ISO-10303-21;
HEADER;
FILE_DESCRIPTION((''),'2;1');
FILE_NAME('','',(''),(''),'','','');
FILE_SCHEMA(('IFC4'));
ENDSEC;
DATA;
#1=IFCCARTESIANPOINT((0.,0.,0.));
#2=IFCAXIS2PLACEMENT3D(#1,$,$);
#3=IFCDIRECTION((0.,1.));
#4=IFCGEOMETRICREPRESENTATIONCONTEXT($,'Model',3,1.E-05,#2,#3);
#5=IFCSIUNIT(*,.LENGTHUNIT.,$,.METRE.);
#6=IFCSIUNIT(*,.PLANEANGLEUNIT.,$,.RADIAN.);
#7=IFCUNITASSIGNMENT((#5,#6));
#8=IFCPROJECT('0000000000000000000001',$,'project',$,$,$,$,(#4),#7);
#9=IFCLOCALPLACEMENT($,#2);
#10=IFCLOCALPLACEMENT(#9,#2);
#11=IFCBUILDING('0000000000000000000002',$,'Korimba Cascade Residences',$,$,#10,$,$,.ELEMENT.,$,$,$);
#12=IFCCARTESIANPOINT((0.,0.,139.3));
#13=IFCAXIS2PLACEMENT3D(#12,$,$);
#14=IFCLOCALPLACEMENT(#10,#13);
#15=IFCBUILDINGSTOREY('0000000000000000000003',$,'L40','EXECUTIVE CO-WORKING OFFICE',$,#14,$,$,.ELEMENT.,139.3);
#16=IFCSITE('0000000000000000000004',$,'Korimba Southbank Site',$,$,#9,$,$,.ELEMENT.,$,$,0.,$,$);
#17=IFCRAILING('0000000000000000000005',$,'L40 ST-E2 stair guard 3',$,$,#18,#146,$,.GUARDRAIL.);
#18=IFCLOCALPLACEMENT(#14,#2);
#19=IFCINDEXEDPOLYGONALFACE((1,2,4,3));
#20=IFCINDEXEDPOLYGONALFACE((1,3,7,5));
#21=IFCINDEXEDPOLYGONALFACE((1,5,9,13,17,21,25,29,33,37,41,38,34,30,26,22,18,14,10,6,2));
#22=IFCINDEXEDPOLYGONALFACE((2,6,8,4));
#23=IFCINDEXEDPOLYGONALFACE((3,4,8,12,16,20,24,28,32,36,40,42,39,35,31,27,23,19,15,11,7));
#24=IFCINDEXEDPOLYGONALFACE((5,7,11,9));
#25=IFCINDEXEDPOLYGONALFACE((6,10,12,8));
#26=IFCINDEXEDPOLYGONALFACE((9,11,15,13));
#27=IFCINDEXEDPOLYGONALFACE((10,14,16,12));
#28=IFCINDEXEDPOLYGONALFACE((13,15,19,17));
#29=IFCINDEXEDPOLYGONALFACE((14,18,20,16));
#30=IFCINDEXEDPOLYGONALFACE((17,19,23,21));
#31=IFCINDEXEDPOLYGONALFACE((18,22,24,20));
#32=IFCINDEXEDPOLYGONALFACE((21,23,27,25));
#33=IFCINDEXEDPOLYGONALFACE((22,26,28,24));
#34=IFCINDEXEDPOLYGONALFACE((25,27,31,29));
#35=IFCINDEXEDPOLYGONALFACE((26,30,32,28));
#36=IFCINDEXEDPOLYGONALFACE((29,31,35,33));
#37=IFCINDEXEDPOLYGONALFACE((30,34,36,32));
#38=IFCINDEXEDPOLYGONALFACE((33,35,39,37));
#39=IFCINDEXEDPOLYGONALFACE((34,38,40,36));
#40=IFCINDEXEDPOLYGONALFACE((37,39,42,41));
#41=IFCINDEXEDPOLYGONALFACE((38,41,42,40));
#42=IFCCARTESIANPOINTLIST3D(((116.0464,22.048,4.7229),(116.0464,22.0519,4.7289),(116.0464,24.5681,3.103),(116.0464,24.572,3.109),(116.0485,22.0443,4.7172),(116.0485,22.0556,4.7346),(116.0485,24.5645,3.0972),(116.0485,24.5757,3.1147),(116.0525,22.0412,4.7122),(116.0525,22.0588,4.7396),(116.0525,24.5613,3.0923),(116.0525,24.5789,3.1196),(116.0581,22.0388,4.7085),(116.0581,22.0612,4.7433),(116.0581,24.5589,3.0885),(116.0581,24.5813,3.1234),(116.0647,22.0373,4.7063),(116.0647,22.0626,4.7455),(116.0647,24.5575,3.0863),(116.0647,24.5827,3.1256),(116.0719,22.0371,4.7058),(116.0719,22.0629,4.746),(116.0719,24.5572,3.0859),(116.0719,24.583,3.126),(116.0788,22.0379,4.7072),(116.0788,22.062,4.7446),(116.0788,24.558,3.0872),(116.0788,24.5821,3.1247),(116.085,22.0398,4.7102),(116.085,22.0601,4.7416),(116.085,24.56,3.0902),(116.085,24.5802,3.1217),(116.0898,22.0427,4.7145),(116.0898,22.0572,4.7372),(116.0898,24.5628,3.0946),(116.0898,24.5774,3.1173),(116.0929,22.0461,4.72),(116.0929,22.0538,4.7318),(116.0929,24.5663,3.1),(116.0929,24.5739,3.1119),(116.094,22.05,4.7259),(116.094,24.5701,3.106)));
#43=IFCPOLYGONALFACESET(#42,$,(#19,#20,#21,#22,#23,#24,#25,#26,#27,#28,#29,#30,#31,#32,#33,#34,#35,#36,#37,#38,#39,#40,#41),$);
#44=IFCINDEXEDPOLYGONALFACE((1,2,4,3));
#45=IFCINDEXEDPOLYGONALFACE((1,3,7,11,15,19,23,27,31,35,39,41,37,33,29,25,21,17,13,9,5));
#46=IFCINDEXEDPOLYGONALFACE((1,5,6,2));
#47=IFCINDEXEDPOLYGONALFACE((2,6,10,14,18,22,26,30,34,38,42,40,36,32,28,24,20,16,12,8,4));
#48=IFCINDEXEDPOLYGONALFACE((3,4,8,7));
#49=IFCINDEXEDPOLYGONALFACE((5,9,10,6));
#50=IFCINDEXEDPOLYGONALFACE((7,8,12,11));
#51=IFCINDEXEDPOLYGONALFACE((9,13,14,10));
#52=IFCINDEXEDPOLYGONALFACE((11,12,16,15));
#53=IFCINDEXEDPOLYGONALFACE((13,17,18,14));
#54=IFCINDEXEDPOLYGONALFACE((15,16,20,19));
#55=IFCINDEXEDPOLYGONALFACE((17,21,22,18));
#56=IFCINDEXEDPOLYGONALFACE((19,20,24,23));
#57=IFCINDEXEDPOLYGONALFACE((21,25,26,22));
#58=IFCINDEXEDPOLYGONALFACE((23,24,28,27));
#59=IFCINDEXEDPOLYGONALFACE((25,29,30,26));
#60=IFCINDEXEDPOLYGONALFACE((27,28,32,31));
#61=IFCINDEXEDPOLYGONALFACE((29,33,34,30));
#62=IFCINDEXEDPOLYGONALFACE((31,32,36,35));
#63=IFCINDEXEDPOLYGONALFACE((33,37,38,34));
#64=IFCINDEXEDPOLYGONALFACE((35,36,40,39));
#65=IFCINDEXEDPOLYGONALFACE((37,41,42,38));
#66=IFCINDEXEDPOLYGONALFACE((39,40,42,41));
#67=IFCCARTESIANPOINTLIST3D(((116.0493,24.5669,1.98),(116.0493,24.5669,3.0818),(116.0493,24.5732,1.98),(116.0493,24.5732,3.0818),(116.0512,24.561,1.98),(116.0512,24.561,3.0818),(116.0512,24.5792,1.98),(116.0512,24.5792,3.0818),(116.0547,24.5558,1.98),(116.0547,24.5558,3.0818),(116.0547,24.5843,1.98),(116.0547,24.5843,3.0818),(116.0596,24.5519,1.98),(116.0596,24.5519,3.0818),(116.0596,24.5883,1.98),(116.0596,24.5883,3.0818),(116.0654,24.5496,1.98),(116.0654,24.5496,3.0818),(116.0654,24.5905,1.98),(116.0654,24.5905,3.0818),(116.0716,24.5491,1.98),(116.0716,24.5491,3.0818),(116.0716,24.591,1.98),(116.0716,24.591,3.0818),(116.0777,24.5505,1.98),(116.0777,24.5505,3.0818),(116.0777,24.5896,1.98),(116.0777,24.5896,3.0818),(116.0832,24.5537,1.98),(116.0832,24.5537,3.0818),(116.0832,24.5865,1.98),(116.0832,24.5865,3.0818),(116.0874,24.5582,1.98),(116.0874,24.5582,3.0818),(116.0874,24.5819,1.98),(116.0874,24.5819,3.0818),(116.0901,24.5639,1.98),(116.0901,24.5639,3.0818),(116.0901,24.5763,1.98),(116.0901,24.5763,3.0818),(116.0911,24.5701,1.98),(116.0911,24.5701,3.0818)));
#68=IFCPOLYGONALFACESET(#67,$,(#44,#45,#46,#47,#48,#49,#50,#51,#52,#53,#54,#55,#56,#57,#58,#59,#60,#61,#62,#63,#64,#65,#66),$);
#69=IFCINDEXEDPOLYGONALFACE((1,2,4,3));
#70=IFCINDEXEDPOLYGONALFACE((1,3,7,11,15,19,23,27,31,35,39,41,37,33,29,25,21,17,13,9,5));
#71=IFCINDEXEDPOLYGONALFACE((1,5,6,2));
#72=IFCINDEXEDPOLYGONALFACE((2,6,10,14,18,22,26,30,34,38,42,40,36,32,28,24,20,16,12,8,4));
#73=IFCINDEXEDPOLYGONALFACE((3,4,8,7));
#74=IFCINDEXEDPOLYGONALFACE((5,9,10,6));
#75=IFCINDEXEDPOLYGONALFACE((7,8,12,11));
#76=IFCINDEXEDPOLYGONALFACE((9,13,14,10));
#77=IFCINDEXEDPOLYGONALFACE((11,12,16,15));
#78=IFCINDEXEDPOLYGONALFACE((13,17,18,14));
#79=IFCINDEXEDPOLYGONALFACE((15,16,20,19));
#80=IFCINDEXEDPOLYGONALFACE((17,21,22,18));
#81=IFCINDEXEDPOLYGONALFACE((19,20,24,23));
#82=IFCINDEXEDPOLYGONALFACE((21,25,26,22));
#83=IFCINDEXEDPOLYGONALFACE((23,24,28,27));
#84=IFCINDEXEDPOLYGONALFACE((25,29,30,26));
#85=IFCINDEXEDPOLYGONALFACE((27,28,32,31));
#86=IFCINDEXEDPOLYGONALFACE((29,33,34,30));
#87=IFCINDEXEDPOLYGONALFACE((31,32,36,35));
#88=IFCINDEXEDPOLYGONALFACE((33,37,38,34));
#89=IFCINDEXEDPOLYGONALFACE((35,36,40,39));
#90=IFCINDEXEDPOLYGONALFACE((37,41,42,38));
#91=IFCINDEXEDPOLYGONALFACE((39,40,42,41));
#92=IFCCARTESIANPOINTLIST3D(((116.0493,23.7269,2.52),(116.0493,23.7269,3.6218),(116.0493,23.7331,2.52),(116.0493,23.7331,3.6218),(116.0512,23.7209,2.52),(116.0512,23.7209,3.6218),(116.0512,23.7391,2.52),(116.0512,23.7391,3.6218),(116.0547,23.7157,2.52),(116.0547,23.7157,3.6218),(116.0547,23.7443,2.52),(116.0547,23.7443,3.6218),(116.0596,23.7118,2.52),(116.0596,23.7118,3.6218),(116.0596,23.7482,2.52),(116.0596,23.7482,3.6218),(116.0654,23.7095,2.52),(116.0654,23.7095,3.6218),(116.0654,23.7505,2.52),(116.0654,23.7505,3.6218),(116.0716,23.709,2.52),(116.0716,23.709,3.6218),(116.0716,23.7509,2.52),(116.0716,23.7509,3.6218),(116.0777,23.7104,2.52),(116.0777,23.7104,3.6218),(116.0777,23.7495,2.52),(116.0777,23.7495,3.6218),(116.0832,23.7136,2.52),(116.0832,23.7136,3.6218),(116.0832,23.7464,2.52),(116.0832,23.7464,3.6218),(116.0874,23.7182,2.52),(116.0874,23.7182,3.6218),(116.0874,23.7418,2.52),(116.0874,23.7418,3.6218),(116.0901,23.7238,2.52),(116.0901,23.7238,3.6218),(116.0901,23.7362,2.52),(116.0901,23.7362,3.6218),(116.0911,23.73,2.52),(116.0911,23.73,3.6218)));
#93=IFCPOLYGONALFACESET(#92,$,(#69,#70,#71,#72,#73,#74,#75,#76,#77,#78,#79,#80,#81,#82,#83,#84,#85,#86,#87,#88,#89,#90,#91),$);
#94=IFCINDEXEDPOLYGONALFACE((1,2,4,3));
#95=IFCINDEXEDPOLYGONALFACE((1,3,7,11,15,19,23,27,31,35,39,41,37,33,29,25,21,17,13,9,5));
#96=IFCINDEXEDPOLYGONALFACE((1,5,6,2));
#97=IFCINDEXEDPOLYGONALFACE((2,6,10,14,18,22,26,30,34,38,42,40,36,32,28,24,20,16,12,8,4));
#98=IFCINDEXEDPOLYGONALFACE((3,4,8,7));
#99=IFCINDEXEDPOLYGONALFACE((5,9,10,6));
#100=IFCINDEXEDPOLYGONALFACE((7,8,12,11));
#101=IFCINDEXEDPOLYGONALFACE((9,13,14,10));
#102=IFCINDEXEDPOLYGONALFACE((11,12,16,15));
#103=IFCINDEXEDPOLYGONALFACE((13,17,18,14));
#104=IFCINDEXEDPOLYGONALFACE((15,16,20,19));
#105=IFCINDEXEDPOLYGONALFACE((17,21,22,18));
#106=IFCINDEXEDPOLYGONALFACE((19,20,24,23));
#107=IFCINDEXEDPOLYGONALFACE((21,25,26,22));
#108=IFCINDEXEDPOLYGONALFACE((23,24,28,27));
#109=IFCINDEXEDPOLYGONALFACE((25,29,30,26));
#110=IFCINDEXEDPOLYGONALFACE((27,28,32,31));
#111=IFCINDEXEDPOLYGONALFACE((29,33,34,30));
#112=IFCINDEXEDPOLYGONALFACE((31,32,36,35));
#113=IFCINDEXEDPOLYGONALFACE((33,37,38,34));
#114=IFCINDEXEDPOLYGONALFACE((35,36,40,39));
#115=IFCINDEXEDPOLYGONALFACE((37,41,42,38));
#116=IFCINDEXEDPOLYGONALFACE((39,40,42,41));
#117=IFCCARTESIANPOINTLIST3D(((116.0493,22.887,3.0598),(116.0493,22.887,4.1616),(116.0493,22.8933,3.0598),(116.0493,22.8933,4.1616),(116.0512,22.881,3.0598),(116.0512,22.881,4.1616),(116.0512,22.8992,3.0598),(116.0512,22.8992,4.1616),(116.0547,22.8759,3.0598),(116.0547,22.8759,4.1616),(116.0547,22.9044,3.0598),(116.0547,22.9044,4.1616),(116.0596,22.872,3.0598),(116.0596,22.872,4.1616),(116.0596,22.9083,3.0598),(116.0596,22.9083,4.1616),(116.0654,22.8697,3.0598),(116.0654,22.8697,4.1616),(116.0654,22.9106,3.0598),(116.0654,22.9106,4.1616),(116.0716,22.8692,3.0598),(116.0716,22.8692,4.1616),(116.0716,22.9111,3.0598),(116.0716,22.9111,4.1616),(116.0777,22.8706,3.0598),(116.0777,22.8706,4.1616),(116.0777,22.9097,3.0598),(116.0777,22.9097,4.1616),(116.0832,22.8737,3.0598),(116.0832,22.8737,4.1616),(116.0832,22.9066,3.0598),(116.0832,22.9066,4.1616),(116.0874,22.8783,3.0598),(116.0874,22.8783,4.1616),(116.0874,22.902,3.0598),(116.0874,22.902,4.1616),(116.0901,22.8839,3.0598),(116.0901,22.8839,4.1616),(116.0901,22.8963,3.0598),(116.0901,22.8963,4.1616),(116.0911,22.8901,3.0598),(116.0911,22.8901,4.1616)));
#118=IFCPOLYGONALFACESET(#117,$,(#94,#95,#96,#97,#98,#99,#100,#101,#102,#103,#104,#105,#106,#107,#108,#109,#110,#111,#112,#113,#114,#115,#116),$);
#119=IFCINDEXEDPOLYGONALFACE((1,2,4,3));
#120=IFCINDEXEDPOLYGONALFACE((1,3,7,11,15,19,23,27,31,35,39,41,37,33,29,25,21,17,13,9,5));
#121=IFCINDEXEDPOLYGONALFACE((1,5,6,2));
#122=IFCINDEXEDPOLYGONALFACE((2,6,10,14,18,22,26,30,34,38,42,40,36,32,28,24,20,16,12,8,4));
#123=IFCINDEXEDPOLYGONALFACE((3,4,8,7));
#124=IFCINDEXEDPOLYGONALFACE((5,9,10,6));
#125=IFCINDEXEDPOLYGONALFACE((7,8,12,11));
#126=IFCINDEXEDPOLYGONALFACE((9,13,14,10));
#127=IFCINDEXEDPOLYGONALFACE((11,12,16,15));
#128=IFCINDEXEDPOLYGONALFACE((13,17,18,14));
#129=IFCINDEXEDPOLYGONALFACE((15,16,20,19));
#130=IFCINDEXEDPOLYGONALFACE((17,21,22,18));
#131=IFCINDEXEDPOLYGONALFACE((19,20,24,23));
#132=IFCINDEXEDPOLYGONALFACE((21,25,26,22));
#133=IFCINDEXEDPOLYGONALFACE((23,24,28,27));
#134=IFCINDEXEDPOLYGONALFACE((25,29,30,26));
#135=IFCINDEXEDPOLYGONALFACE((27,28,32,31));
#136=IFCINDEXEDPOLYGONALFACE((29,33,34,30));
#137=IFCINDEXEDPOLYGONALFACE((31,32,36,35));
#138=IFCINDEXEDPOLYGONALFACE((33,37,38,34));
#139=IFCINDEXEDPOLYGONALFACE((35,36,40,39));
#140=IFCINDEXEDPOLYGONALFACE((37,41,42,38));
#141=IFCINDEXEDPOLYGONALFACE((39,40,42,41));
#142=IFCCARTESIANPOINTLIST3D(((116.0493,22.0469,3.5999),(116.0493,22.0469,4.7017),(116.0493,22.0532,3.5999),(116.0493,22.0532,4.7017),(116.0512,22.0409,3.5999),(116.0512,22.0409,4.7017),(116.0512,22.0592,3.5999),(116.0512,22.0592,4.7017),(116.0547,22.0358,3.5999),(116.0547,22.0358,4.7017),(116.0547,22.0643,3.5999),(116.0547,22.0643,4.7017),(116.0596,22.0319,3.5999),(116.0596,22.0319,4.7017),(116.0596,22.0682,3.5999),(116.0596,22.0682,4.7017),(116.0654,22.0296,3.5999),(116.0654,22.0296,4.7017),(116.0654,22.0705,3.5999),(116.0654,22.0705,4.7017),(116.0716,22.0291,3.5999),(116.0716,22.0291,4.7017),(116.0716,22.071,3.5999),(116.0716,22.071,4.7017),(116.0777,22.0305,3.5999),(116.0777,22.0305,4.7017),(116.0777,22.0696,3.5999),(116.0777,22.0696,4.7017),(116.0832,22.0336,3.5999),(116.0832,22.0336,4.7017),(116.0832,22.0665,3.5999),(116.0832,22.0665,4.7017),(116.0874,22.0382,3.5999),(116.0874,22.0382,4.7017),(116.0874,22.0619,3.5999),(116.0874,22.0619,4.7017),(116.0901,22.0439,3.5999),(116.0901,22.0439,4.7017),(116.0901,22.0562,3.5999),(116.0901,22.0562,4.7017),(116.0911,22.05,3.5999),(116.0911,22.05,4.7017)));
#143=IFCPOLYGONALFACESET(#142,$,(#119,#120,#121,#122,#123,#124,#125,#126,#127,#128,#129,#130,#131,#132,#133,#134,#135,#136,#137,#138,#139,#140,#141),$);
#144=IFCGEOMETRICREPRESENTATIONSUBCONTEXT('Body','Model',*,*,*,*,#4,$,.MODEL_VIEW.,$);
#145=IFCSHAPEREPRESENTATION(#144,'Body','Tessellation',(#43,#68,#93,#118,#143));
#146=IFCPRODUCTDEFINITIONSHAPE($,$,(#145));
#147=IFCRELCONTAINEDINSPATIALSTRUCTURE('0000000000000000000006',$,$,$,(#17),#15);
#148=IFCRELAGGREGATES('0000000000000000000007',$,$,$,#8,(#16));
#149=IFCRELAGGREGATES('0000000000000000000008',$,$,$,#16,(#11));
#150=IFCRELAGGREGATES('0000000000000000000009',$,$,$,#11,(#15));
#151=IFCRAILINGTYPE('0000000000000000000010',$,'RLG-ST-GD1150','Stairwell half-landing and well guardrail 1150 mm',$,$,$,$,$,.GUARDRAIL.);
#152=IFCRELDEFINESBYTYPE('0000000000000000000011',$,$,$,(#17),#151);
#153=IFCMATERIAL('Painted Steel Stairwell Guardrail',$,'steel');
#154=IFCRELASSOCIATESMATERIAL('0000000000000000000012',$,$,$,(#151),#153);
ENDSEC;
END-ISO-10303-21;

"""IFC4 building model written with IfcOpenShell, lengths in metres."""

from ifc_helpers import new_model, si_unit, direction, frame, origin, origin_2d, place, context, subcontext, project, spatial, circle, extrude, material, type_object, element, save


model = new_model("IFC4")

# Units and contexts
model_context = context("Model", 3, precision=1e-05, world=origin(), true_north=direction((0.0, 1.0)))
body_context = subcontext(model_context, "Body", "Model", "MODEL_VIEW")
ifc_project = project(units=[si_unit("LENGTHUNIT", "METRE"), si_unit("PLANEANGLEUNIT", "RADIAN")], contexts=[model_context])

# Site, building, storey
site_placement = place(None, origin())
site = spatial("IfcSite", under=ifc_project, at=site_placement, Name="Korimba Southbank Site", CompositionType="ELEMENT", RefElevation=0.0)
building_placement = place(site_placement, origin())
building = spatial("IfcBuilding", under=site, at=building_placement, Name="Korimba Cascade Residences", CompositionType="ELEMENT")
storey_placement = place(building_placement, frame((0.0, 0.0, 139.3)))
storey = spatial("IfcBuildingStorey", under=building, at=storey_placement, Name="L40", Description="EXECUTIVE CO-WORKING OFFICE", CompositionType="ELEMENT", Elevation=139.3)

# Railing
ifc_material_1 = material(Name="Painted Steel Stairwell Guardrail", Category="steel")
railing_type_1 = type_object("IfcRailingType", Name="RLG-ST-GD1150", Description="Stairwell half-landing and well guardrail 1150 mm", PredefinedType="GUARDRAIL", material=ifc_material_1)
railing_1_placement = place(storey_placement, frame((116.0701, 24.5701, 1.98)))
element("IfcRailing", 1, at=railing_1_placement, inside=storey, type_object=railing_type_1, Name="L40 ST-E2 stair guard 3", PredefinedType="GUARDRAIL", context=body_context, shape_type="SweptSolid", body=[
    extrude(circle(Radius=0.0239, at=origin_2d()), frame((0.0, 0.0, 1.126), z_axis=(0.0, -0.8412, 0.540725), x_axis=(1.0, 0.0, 0.0)), (0.0, 0.0, 1.0), 2.9958),
    extrude(circle(Radius=0.021, at=origin_2d()), origin(), (0.0, 0.0, 1.0), 1.1018),
    extrude(circle(Radius=0.021, at=origin_2d()), frame((0.0, -0.8401, 0.54)), (0.0, 0.0, 1.0), 1.1018),
    extrude(circle(Radius=0.021, at=origin_2d()), frame((0.0, -1.6799, 1.0798)), (0.0, 0.0, 1.0), 1.1018),
    extrude(circle(Radius=0.021, at=origin_2d()), frame((0.0, -2.52, 1.6199)), (0.0, 0.0, 1.0), 1.1018),
])

save(model, "model.ifc")
